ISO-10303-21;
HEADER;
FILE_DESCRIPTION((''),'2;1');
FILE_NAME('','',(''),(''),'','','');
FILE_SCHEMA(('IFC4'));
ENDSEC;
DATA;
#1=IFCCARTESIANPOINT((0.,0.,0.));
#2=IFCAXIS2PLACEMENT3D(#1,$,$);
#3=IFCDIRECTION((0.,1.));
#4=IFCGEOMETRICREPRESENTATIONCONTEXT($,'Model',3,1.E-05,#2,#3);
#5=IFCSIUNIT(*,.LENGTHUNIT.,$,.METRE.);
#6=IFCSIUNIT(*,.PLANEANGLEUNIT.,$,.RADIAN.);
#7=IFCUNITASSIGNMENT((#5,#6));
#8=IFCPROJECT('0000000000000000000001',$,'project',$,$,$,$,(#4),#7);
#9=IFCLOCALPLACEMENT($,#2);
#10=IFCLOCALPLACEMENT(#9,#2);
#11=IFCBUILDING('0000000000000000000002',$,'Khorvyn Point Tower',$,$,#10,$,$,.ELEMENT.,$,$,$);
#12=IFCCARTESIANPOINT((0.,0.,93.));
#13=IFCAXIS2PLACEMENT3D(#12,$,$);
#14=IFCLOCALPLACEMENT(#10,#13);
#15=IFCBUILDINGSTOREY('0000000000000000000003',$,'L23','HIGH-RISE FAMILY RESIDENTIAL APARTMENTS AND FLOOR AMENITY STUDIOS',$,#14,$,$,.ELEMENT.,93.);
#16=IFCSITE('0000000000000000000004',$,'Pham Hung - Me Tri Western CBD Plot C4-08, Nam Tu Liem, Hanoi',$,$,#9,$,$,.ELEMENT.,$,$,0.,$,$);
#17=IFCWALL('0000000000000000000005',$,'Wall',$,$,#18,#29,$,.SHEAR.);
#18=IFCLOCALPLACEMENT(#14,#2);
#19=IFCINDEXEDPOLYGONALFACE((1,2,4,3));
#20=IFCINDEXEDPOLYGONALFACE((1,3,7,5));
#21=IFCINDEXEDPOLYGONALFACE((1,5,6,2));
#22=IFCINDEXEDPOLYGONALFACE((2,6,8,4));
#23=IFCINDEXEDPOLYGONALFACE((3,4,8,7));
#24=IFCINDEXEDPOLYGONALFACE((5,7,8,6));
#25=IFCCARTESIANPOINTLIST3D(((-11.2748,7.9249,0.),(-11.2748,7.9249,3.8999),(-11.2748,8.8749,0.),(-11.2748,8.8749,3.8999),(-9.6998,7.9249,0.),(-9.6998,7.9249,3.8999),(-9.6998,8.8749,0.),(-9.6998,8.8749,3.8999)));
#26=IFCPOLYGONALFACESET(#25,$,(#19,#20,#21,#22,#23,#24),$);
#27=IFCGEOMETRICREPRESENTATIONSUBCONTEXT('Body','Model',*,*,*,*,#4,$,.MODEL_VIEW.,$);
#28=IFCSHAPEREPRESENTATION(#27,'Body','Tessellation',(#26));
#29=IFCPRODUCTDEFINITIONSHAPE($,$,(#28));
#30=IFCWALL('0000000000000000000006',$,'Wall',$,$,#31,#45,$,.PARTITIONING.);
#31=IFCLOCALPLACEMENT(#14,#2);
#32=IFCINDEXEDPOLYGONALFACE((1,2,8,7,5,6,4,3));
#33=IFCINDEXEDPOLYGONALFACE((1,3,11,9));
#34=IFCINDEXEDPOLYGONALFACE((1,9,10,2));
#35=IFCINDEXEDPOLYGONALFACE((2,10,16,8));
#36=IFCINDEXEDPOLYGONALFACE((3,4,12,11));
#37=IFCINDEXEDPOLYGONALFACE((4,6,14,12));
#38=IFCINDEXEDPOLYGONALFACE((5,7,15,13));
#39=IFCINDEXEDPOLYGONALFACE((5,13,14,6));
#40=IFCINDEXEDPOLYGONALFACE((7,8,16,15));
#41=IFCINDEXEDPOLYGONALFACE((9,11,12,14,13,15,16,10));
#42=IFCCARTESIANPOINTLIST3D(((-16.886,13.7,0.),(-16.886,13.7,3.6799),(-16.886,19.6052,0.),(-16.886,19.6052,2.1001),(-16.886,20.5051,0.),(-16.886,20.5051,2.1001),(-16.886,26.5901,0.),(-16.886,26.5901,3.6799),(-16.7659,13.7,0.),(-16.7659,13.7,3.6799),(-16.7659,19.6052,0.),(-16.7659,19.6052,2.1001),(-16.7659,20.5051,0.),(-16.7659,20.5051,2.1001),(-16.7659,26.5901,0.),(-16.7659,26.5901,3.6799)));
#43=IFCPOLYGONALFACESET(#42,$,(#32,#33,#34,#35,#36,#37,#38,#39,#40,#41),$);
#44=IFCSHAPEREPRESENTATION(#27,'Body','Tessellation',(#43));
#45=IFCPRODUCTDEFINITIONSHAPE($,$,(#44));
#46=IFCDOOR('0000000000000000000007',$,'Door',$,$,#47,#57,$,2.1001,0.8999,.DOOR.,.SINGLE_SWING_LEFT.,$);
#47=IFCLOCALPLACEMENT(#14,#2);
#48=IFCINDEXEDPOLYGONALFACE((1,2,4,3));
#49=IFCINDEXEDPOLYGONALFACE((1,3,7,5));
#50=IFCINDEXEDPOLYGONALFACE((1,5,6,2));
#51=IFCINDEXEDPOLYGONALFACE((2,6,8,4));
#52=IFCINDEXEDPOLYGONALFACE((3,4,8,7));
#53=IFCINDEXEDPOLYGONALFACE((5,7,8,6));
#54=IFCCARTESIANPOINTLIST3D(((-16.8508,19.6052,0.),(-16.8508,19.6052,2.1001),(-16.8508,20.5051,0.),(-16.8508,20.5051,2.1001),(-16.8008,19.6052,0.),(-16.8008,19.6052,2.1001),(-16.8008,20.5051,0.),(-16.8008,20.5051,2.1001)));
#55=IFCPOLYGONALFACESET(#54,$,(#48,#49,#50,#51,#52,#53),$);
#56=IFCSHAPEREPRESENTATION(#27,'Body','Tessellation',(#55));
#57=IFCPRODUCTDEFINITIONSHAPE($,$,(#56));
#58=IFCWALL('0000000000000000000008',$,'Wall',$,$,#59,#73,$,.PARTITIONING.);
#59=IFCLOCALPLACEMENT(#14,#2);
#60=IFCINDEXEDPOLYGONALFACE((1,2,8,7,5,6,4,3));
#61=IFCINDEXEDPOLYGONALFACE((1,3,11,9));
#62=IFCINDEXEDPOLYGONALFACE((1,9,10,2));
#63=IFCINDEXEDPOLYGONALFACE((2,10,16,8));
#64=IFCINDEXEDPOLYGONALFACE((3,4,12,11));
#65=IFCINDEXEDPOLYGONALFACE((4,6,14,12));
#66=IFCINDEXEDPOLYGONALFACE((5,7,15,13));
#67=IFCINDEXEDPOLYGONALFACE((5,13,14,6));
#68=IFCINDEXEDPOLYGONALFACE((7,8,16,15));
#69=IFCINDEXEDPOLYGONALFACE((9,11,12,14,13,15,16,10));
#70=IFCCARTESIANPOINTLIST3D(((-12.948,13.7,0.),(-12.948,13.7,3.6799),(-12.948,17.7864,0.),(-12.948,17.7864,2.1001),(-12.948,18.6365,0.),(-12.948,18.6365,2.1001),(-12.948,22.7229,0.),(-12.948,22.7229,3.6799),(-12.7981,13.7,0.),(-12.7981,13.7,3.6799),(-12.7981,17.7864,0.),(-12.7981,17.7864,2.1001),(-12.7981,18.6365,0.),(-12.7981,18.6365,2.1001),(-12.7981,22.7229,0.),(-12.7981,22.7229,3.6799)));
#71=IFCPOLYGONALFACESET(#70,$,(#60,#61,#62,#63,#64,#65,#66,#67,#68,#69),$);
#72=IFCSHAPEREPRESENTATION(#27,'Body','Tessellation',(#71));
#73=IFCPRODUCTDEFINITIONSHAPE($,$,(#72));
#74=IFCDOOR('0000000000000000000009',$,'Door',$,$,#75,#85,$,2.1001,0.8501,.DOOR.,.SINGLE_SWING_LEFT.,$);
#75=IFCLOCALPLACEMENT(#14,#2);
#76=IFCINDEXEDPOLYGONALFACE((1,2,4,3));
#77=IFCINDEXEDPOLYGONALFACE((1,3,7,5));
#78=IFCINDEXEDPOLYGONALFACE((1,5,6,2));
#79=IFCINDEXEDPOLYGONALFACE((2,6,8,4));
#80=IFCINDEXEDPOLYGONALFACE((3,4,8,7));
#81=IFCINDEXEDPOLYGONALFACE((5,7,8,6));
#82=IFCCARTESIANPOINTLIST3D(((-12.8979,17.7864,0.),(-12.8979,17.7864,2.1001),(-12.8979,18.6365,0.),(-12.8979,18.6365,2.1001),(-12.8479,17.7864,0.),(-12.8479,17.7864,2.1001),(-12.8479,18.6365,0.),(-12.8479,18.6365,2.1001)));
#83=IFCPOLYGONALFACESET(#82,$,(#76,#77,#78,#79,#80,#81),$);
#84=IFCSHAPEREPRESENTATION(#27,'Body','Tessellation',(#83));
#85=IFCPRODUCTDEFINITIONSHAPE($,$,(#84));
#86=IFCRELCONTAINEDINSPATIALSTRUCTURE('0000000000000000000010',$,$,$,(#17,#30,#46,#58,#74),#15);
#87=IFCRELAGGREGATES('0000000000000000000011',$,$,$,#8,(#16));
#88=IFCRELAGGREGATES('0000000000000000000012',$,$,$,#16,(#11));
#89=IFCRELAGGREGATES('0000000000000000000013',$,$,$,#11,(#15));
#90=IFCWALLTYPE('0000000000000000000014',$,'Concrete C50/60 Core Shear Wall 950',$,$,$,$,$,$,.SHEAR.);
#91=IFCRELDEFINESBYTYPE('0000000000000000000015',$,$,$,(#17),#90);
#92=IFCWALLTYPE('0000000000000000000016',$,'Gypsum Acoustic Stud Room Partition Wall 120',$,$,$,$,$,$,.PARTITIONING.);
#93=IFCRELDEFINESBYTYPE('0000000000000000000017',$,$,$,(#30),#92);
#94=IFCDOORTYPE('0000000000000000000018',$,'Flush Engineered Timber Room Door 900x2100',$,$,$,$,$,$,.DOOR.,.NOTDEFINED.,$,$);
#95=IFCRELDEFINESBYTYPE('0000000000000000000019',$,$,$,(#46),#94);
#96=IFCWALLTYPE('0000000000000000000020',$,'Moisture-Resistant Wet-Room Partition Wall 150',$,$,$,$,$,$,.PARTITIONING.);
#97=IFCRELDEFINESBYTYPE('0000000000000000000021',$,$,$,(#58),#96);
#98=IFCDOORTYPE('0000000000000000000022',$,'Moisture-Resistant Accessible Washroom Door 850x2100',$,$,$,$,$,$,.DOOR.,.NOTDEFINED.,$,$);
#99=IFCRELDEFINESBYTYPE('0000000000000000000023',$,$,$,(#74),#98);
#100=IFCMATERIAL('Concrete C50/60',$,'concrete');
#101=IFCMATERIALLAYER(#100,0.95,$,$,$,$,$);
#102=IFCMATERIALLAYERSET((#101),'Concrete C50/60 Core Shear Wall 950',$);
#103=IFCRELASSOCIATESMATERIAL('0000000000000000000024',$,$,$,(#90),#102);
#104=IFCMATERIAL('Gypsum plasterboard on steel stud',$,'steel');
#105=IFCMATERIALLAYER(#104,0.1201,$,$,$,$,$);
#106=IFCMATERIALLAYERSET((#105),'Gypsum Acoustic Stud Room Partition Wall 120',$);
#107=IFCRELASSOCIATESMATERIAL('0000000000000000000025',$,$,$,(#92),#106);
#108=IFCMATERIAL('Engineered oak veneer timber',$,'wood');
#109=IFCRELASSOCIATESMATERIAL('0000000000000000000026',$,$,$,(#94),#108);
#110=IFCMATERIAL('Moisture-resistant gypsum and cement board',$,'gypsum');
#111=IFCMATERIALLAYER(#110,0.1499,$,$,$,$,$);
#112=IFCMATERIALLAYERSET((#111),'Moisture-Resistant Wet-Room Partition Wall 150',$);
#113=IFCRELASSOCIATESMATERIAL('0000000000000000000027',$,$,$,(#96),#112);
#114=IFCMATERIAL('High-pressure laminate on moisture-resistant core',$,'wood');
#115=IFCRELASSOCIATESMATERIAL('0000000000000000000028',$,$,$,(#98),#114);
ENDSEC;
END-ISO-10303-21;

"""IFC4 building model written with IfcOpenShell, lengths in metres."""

from ifc_helpers import new_model, si_unit, direction, frame, frame_2d, origin, place, context, subcontext, project, spatial, rectangle, extrude, material, layer, layer_set, type_object, element, fill, save


model = new_model("IFC4")

# Units and contexts
model_context = context("Model", 3, precision=1e-05, world=origin(), true_north=direction((0.0, 1.0)))
body_context = subcontext(model_context, "Body", "Model", "MODEL_VIEW")
ifc_project = project(units=[si_unit("LENGTHUNIT", "METRE"), si_unit("PLANEANGLEUNIT", "RADIAN")], contexts=[model_context])

# Site, building, storey
site_placement = place(None, origin())
site = spatial("IfcSite", under=ifc_project, at=site_placement, Name="Pham Hung - Me Tri Western CBD Plot C4-08, Nam Tu Liem, Hanoi", CompositionType="ELEMENT", RefElevation=0.0)
building_placement = place(site_placement, origin())
building = spatial("IfcBuilding", under=site, at=building_placement, Name="Khorvyn Point Tower", CompositionType="ELEMENT")
storey_placement = place(building_placement, frame((0.0, 0.0, 93.0)))
storey = spatial("IfcBuildingStorey", under=building, at=storey_placement, Name="L23", Description="HIGH-RISE FAMILY RESIDENTIAL APARTMENTS AND FLOOR AMENITY STUDIOS", CompositionType="ELEMENT", Elevation=93.0)

# Shared definitions
ifc_material_1 = material(Name="Concrete C50/60", Category="concrete")

# Wall
ifc_layer_1 = layer(ifc_material_1, 0.95)
ifc_layer_set_1 = layer_set([ifc_layer_1], Name="Concrete C50/60 Core Shear Wall 950")
wall_type_1 = type_object("IfcWallType", Name="Concrete C50/60 Core Shear Wall 950", PredefinedType="SHEAR", material=ifc_layer_set_1)
wall_1_placement = place(storey_placement, frame((-11.2749, 8.3999, 0.0), z_axis=(0.0, 0.0, 1.0), x_axis=(1.0, 0.0, 0.0)))
element("IfcWall", 1, at=wall_1_placement, inside=storey, type_object=wall_type_1, Name="Wall", PredefinedType="SHEAR", context=body_context, shape_type="SweptSolid", body=[
    extrude(rectangle(XDim=1.575, YDim=0.95, at=frame_2d((0.7876, 0.0))), origin(), (0.0, 0.0, 1.0), 3.8999),
])

# Walls, openings, doors
ifc_material_2 = material(Name="Gypsum plasterboard on steel stud", Category="steel")
ifc_layer_2 = layer(ifc_material_2, 0.1201)
ifc_layer_set_2 = layer_set([ifc_layer_2], Name="Gypsum Acoustic Stud Room Partition Wall 120")
wall_type_2 = type_object("IfcWallType", Name="Gypsum Acoustic Stud Room Partition Wall 120", PredefinedType="PARTITIONING", material=ifc_layer_set_2)
wall_2_placement = place(storey_placement, frame((-16.8259, 13.7, 0.0), z_axis=(0.0, 0.0, 1.0), x_axis=(0.0, 1.0, 0.0)))
wall_2 = element("IfcWall", 2, at=wall_2_placement, inside=storey, type_object=wall_type_2, Name="Wall", PredefinedType="PARTITIONING", context=body_context, shape_type="SweptSolid", body=[
    extrude(rectangle(XDim=12.8901, YDim=0.1201, at=frame_2d((6.4451, 0.0))), origin(), (0.0, 0.0, 1.0), 3.6799),
])
opening_1_placement = place(wall_2_placement, frame((5.9053, 0.0, 0.0)))
opening_1 = element("IfcOpeningElement", 3, at=opening_1_placement, cuts=wall_2, PredefinedType="OPENING", context=body_context, shape_type="SweptSolid", body=[
    extrude(rectangle(XDim=0.8999, YDim=2.1001, at=frame_2d((0.45, 1.05))), frame((0.0, 0.0701, 0.0), z_axis=(0.0, -1.0, 0.0), x_axis=(1.0, 0.0, 0.0)), (0.0, 0.0, 1.0), 0.1401),
])
ifc_material_3 = material(Name="Engineered oak veneer timber", Category="wood")
door_type_1 = type_object("IfcDoorType", Name="Flush Engineered Timber Room Door 900x2100", OperationType="NOTDEFINED", PredefinedType="DOOR", material=ifc_material_3)
door_1_placement = place(opening_1_placement, origin())
door_1 = element("IfcDoor", 4, at=door_1_placement, inside=storey, type_object=door_type_1, Name="Door", OperationType="SINGLE_SWING_LEFT", OverallHeight=2.1001, OverallWidth=0.8999, PredefinedType="DOOR", context=body_context, shape_type="SweptSolid", body=[
    extrude(rectangle(XDim=0.8999, YDim=2.1001, at=frame_2d((0.45, 1.05))), frame((0.0, 0.0249, 0.0), z_axis=(0.0, -1.0, 0.0), x_axis=(1.0, 0.0, 0.0)), (0.0, 0.0, 1.0), 0.05),
])
fill(opening_1, door_1)
ifc_material_4 = material(Name="Moisture-resistant gypsum and cement board", Category="gypsum")
ifc_layer_3 = layer(ifc_material_4, 0.1499)
ifc_layer_set_3 = layer_set([ifc_layer_3], Name="Moisture-Resistant Wet-Room Partition Wall 150")
wall_type_3 = type_object("IfcWallType", Name="Moisture-Resistant Wet-Room Partition Wall 150", PredefinedType="PARTITIONING", material=ifc_layer_set_3)
wall_3_placement = place(storey_placement, frame((-12.873, 13.7, 0.0), z_axis=(0.0, 0.0, 1.0), x_axis=(0.0, 1.0, 0.0)))
wall_3 = element("IfcWall", 5, at=wall_3_placement, inside=storey, type_object=wall_type_3, Name="Wall", PredefinedType="PARTITIONING", context=body_context, shape_type="SweptSolid", body=[
    extrude(rectangle(XDim=9.0229, YDim=0.1499, at=frame_2d((4.5115, 0.0))), origin(), (0.0, 0.0, 1.0), 3.6799),
])
opening_2_placement = place(wall_3_placement, frame((4.0864, 0.0, 0.0)))
opening_2 = element("IfcOpeningElement", 6, at=opening_2_placement, cuts=wall_3, PredefinedType="OPENING", context=body_context, shape_type="SweptSolid", body=[
    extrude(rectangle(XDim=0.8501, YDim=2.1001, at=frame_2d((0.425, 1.05))), frame((0.0, 0.085, 0.0), z_axis=(0.0, -1.0, 0.0), x_axis=(1.0, 0.0, 0.0)), (0.0, 0.0, 1.0), 0.1699),
])
ifc_material_5 = material(Name="High-pressure laminate on moisture-resistant core", Category="wood")
door_type_2 = type_object("IfcDoorType", Name="Moisture-Resistant Accessible Washroom Door 850x2100", OperationType="NOTDEFINED", PredefinedType="DOOR", material=ifc_material_5)
door_2_placement = place(opening_2_placement, origin())
door_2 = element("IfcDoor", 7, at=door_2_placement, inside=storey, type_object=door_type_2, Name="Door", OperationType="SINGLE_SWING_LEFT", OverallHeight=2.1001, OverallWidth=0.8501, PredefinedType="DOOR", context=body_context, shape_type="SweptSolid", body=[
    extrude(rectangle(XDim=0.8501, YDim=2.1001, at=frame_2d((0.425, 1.05))), frame((0.0, 0.0249, 0.0), z_axis=(0.0, -1.0, 0.0), x_axis=(1.0, 0.0, 0.0)), (0.0, 0.0, 1.0), 0.05),
])
fill(opening_2, door_2)

save(model, "model.ifc")
